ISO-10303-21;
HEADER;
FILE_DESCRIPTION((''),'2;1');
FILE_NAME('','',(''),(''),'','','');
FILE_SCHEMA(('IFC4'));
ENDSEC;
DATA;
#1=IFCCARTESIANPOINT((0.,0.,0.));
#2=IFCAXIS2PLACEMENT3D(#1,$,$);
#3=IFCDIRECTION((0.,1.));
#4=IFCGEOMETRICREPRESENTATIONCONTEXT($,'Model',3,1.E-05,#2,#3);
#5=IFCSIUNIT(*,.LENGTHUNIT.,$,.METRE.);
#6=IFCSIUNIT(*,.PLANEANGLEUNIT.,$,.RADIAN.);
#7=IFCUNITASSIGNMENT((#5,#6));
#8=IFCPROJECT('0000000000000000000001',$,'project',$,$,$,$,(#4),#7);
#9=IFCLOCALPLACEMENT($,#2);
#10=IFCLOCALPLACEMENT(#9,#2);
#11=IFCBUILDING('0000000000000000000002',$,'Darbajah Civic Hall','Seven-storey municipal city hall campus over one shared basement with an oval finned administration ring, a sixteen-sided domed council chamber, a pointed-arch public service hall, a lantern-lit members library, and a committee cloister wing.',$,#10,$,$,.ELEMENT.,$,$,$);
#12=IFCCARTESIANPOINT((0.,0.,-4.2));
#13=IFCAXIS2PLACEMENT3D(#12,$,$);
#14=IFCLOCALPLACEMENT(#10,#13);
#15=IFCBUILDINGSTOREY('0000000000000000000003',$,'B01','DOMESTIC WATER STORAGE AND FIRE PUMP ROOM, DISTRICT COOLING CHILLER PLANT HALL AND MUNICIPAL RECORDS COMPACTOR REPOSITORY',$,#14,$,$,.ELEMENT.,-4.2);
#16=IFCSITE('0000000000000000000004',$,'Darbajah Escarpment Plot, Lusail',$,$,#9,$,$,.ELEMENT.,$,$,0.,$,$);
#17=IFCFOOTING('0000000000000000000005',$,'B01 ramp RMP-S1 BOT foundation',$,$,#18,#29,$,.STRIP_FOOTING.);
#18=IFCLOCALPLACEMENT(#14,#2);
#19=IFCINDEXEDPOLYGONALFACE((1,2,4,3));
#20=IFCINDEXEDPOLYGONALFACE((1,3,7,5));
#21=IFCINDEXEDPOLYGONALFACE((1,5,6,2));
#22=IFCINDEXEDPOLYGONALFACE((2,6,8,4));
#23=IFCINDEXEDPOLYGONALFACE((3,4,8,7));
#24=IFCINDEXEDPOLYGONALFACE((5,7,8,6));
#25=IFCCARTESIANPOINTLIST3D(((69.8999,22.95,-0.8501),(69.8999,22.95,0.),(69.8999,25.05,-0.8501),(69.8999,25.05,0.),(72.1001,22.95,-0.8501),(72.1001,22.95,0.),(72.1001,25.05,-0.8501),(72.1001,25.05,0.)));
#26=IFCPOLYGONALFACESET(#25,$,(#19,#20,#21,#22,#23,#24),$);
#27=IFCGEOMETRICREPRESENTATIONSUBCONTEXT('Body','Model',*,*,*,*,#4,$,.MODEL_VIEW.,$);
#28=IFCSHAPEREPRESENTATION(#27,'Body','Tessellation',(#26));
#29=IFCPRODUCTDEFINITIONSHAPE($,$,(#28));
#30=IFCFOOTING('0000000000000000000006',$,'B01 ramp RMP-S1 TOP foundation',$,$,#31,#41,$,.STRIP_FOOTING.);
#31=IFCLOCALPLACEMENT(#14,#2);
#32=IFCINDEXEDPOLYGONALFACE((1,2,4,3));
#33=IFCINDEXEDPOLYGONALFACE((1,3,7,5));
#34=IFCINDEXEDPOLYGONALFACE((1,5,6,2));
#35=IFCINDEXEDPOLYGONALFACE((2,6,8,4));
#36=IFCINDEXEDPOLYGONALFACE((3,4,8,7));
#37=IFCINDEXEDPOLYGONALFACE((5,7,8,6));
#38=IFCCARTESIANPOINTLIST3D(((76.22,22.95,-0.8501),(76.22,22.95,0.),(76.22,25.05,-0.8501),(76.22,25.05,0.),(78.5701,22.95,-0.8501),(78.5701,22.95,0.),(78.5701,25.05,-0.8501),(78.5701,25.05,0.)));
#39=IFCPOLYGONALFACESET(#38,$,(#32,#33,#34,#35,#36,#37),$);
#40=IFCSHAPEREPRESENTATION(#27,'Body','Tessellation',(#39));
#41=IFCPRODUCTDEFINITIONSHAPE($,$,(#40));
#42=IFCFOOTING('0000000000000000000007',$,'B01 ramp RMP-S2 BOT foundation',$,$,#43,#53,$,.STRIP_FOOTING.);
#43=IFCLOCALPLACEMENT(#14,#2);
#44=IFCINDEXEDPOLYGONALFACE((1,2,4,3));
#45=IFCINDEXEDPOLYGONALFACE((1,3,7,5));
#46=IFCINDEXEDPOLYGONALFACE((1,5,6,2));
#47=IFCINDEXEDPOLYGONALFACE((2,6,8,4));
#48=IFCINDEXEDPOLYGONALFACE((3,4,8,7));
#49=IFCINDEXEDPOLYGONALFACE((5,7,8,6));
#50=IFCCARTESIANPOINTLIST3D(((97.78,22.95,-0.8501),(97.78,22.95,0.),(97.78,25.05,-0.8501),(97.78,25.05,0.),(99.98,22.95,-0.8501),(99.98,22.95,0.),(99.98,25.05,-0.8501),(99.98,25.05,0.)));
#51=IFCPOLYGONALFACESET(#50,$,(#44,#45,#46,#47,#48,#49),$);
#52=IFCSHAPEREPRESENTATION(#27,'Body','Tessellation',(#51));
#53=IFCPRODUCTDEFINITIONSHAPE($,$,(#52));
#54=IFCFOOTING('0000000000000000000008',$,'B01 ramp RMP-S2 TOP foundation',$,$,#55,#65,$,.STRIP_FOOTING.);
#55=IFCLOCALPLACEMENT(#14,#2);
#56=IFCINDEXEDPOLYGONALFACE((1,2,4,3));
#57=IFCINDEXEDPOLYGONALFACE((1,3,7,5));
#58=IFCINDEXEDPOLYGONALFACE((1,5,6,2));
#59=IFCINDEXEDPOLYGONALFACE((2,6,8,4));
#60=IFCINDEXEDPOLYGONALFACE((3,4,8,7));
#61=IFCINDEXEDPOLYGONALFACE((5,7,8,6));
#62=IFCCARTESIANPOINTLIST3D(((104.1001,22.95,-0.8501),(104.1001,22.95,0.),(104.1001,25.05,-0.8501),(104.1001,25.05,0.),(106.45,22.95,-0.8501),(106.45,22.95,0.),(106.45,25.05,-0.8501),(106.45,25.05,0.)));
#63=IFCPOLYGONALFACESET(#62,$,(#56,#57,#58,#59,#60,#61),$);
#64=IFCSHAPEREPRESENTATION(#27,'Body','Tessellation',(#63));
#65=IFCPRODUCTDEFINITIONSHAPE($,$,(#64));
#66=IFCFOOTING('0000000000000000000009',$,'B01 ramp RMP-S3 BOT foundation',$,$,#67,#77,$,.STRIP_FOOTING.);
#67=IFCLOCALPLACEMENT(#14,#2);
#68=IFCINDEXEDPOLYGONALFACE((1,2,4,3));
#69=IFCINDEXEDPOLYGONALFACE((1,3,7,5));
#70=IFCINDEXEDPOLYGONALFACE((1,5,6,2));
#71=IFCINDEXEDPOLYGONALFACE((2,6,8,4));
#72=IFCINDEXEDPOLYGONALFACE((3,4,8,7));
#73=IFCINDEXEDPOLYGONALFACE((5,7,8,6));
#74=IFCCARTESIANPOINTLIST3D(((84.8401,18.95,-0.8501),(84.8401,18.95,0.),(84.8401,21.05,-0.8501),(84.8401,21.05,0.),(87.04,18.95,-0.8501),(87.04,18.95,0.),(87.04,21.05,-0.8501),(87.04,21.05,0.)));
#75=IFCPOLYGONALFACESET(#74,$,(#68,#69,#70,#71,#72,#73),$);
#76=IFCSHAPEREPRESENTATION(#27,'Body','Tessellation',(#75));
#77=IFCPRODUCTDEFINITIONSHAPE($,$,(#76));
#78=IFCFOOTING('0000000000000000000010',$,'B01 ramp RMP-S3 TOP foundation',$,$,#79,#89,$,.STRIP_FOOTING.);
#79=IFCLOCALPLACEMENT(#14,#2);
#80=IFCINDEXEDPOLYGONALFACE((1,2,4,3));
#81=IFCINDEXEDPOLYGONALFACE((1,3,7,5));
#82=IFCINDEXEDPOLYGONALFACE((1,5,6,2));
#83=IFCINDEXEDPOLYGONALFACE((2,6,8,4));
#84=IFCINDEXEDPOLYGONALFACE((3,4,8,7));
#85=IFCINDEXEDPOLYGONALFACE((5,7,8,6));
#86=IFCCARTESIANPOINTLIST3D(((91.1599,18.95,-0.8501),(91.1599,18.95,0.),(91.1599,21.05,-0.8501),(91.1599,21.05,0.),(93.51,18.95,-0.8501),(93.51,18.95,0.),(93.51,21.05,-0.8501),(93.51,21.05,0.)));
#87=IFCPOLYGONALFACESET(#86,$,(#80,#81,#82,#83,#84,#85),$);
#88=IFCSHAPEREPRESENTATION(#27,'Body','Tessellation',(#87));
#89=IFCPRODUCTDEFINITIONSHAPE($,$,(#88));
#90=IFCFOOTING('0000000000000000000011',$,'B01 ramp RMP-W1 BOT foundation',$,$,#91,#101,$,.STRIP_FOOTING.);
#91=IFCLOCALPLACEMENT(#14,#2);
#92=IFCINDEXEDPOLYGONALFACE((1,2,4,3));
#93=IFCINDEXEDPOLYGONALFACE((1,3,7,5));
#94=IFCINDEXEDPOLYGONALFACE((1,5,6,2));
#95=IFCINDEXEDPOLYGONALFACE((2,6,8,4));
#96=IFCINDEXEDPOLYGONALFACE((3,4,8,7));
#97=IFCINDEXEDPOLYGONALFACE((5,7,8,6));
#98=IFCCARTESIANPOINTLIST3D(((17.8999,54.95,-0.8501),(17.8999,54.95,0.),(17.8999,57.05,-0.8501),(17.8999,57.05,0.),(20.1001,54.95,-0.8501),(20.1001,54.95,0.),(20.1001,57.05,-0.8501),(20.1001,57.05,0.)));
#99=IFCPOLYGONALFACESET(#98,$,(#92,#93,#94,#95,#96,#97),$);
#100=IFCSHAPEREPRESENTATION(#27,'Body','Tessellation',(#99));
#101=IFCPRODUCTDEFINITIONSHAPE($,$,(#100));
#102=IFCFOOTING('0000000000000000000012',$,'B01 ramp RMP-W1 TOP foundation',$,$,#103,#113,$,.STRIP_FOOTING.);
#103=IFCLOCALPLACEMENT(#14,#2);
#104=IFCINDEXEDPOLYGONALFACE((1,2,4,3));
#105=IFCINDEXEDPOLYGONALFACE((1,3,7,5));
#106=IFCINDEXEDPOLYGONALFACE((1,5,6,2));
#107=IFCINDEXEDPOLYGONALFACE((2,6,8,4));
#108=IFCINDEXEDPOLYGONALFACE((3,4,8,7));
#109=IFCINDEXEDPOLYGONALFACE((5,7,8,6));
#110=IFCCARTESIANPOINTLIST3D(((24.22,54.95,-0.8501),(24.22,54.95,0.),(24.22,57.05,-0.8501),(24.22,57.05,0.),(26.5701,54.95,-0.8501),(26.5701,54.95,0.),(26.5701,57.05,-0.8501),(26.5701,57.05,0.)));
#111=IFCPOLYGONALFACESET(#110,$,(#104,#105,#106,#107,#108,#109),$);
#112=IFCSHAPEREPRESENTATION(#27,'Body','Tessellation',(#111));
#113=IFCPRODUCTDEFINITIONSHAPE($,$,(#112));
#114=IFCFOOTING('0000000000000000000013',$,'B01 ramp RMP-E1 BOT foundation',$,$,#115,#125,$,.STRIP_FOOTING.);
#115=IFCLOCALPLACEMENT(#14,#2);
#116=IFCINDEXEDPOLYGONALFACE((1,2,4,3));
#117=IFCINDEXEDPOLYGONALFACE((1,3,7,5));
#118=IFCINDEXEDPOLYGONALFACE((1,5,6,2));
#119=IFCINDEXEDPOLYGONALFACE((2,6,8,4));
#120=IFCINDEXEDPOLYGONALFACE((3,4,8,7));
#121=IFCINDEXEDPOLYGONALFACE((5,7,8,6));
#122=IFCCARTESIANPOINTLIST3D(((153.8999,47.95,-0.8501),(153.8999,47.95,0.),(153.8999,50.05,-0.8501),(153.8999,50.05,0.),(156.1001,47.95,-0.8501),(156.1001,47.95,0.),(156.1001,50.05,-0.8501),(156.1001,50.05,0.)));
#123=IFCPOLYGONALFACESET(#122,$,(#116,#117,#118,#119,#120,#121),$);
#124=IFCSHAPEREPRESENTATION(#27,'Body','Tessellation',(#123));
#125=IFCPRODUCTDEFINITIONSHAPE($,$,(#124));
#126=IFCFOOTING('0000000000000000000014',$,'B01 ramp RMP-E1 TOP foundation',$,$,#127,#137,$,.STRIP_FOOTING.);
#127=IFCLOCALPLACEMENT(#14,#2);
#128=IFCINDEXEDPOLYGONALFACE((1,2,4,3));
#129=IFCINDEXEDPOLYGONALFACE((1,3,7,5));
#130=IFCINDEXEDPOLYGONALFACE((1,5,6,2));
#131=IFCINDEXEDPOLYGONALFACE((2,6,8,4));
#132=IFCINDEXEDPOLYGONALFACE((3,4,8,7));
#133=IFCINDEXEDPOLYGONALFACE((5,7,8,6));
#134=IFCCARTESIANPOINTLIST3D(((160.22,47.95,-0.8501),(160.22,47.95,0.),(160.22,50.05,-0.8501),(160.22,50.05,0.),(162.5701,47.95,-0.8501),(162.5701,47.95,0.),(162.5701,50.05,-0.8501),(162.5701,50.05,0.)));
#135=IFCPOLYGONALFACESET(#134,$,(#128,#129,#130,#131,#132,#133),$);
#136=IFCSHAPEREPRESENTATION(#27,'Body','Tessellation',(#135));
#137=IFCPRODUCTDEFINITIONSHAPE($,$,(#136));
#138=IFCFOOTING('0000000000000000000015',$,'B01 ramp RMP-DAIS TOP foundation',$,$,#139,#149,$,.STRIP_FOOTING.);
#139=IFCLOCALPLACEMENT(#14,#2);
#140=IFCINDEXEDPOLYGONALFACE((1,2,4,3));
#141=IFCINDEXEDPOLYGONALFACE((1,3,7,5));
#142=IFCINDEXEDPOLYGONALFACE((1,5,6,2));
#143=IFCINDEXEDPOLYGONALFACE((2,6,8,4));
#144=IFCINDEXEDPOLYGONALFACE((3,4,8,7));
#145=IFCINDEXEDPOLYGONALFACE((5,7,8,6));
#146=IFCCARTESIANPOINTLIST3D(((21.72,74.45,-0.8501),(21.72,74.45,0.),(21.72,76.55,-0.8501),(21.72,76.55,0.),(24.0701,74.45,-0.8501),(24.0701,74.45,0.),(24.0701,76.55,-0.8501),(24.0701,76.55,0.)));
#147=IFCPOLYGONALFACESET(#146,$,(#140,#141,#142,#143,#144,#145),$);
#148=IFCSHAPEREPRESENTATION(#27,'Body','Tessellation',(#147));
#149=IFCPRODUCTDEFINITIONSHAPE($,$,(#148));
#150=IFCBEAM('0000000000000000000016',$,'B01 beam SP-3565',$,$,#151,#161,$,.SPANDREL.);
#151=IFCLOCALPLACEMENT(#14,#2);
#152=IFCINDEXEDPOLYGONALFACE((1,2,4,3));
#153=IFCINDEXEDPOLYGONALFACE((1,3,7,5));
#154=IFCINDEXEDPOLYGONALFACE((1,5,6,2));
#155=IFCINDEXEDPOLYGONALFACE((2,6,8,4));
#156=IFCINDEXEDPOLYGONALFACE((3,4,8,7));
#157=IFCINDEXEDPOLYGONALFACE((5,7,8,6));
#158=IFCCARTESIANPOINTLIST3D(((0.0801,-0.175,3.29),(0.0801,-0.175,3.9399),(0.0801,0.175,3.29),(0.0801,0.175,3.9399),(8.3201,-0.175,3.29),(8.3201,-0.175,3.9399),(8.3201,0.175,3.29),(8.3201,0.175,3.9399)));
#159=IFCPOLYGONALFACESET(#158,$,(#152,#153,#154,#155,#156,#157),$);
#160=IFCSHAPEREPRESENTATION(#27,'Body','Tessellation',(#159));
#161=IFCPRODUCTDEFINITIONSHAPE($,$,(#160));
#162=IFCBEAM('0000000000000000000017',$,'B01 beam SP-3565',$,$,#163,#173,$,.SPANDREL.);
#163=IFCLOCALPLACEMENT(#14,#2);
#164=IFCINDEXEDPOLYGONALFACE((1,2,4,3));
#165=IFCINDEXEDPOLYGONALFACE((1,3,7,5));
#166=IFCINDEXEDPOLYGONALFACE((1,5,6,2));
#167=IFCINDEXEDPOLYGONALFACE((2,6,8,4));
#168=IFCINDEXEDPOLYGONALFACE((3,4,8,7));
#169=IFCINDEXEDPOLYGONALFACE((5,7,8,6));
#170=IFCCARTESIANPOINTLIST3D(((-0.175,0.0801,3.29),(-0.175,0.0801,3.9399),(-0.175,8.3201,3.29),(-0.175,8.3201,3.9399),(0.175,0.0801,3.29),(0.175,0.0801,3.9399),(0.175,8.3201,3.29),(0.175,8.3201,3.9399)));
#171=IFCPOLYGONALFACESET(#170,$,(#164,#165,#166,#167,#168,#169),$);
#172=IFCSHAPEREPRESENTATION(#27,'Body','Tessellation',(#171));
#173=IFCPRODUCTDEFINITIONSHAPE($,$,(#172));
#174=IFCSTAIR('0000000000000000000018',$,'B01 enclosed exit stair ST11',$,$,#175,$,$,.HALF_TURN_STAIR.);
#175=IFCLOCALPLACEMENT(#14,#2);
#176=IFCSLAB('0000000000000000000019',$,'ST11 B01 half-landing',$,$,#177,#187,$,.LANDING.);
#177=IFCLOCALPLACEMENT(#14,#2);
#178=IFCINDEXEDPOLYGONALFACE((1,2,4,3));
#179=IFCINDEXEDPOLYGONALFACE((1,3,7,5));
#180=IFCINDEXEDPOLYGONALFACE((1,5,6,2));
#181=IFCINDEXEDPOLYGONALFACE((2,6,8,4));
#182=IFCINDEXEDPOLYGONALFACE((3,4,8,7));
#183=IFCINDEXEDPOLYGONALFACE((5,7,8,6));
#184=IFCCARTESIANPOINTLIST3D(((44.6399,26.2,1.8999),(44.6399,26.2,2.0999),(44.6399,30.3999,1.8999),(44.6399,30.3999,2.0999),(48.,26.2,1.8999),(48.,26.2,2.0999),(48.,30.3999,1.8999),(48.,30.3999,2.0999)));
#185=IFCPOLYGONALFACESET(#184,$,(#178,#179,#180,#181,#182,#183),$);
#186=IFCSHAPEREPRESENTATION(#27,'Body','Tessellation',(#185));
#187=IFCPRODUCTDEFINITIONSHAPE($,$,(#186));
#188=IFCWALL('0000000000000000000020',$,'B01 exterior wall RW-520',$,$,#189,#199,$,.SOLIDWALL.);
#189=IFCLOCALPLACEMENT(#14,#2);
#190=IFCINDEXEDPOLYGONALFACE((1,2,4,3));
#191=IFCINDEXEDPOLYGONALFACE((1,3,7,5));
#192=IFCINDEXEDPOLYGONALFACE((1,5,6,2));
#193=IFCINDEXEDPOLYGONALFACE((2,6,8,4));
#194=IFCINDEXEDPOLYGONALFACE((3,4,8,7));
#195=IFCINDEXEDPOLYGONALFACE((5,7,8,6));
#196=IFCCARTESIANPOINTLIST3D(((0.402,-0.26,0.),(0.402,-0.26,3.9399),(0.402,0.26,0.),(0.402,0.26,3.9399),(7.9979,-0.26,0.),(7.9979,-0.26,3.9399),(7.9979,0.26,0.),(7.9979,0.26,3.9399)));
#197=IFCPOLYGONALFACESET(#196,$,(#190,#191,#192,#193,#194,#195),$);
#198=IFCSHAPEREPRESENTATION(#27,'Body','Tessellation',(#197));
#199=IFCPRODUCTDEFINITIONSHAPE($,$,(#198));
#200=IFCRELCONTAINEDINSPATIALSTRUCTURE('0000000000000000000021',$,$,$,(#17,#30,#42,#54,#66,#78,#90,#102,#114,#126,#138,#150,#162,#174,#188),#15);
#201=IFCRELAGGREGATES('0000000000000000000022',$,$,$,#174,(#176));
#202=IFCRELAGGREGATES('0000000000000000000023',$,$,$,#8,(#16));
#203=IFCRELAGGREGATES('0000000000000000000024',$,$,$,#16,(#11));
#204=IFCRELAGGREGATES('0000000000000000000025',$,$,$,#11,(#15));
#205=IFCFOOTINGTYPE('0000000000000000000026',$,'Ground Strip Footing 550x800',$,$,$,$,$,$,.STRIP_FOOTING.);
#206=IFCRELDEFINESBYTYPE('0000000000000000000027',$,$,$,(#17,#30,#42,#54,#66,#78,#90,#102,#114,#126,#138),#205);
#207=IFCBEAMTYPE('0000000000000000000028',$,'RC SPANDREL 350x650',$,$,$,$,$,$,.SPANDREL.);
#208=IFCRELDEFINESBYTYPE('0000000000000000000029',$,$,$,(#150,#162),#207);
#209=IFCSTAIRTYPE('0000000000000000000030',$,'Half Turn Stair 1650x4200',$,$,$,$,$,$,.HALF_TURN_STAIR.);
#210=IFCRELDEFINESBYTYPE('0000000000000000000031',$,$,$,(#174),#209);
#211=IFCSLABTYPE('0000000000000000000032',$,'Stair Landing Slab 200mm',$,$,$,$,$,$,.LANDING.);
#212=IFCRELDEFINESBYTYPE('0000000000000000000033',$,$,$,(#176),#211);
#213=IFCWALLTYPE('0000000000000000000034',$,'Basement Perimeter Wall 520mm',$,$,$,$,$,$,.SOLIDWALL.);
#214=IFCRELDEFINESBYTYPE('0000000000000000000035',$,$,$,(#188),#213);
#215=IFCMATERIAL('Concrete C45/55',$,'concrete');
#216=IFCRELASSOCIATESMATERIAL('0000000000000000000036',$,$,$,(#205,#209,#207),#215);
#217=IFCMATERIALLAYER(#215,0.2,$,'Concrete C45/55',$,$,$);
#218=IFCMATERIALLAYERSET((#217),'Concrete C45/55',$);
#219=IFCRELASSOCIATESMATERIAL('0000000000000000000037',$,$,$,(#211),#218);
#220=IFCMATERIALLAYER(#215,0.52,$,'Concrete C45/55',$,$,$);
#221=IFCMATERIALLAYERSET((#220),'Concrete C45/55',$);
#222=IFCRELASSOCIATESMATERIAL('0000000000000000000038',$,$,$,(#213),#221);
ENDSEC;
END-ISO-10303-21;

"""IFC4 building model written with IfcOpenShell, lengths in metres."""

from ifc_helpers import new_model, si_unit, direction, frame, frame_2d, origin, origin_2d, place, context, subcontext, project, spatial, polyline, rectangle, outline, extrude, material, layer, layer_set, material_profile, profile_set, type_object, element, aggregate, save


model = new_model("IFC4")

# Units and contexts
model_context = context("Model", 3, precision=1e-05, world=origin(), true_north=direction((0.0, 1.0)))
body_context = subcontext(model_context, "Body", "Model", "MODEL_VIEW")
ifc_project = project(units=[si_unit("LENGTHUNIT", "METRE"), si_unit("PLANEANGLEUNIT", "RADIAN")], contexts=[model_context])

# Site, building, storey
site_placement = place(None, origin())
site = spatial("IfcSite", under=ifc_project, at=site_placement, Name="Darbajah Escarpment Plot, Lusail", CompositionType="ELEMENT", RefElevation=0.0)
building_placement = place(site_placement, origin())
building = spatial("IfcBuilding", under=site, at=building_placement, Name="Darbajah Civic Hall", Description="Seven-storey municipal city hall campus over one shared basement with an oval finned administration ring, a sixteen-sided domed council chamber, a pointed-arch public service hall, a lantern-lit members library, and a committee cloister wing.", CompositionType="ELEMENT")
storey_placement = place(building_placement, frame((0.0, 0.0, -4.2)))
storey = spatial("IfcBuildingStorey", under=building, at=storey_placement, Name="B01", Description="DOMESTIC WATER STORAGE AND FIRE PUMP ROOM, DISTRICT COOLING CHILLER PLANT HALL AND MUNICIPAL RECORDS COMPACTOR REPOSITORY", CompositionType="ELEMENT", Elevation=-4.2)

# Footings
ifc_material_1 = material(Name="Concrete C45/55", Category="concrete")
footing_type = type_object("IfcFootingType", Name="Ground Strip Footing 550x800", PredefinedType="STRIP_FOOTING", material=ifc_material_1)
footing_1_placement = place(storey_placement, frame((0.0, 0.0, -0.8501)))
element("IfcFooting", 1, at=footing_1_placement, inside=storey, type_object=footing_type, Name="B01 ramp RMP-S1 BOT foundation", PredefinedType="STRIP_FOOTING", context=body_context, shape_type="SweptSolid", body=[
    extrude(outline(polyline([(69.8999, 22.95), (72.1001, 22.95), (72.1001, 25.05), (69.8999, 25.05), (69.8999, 22.95)])), origin(), (0.0, 0.0, 1.0), 0.8501),
])
footing_2_placement = place(storey_placement, frame((0.0, 0.0, -0.8501)))
element("IfcFooting", 2, at=footing_2_placement, inside=storey, type_object=footing_type, Name="B01 ramp RMP-S1 TOP foundation", PredefinedType="STRIP_FOOTING", context=body_context, shape_type="SweptSolid", body=[
    extrude(outline(polyline([(76.22, 22.95), (78.5701, 22.95), (78.5701, 25.05), (76.22, 25.05), (76.22, 22.95)])), origin(), (0.0, 0.0, 1.0), 0.8501),
])
footing_3_placement = place(storey_placement, frame((0.0, 0.0, -0.8501)))
element("IfcFooting", 3, at=footing_3_placement, inside=storey, type_object=footing_type, Name="B01 ramp RMP-S2 BOT foundation", PredefinedType="STRIP_FOOTING", context=body_context, shape_type="SweptSolid", body=[
    extrude(outline(polyline([(97.78, 22.95), (99.98, 22.95), (99.98, 25.05), (97.78, 25.05), (97.78, 22.95)])), origin(), (0.0, 0.0, 1.0), 0.8501),
])
footing_4_placement = place(storey_placement, frame((0.0, 0.0, -0.8501)))
element("IfcFooting", 4, at=footing_4_placement, inside=storey, type_object=footing_type, Name="B01 ramp RMP-S2 TOP foundation", PredefinedType="STRIP_FOOTING", context=body_context, shape_type="SweptSolid", body=[
    extrude(outline(polyline([(104.1001, 22.95), (106.45, 22.95), (106.45, 25.05), (104.1001, 25.05), (104.1001, 22.95)])), origin(), (0.0, 0.0, 1.0), 0.8501),
])
footing_5_placement = place(storey_placement, frame((0.0, 0.0, -0.8501)))
element("IfcFooting", 5, at=footing_5_placement, inside=storey, type_object=footing_type, Name="B01 ramp RMP-S3 BOT foundation", PredefinedType="STRIP_FOOTING", context=body_context, shape_type="SweptSolid", body=[
    extrude(outline(polyline([(84.8401, 18.95), (87.04, 18.95), (87.04, 21.05), (84.8401, 21.05), (84.8401, 18.95)])), origin(), (0.0, 0.0, 1.0), 0.8501),
])
footing_6_placement = place(storey_placement, frame((0.0, 0.0, -0.8501)))
element("IfcFooting", 6, at=footing_6_placement, inside=storey, type_object=footing_type, Name="B01 ramp RMP-S3 TOP foundation", PredefinedType="STRIP_FOOTING", context=body_context, shape_type="SweptSolid", body=[
    extrude(outline(polyline([(91.1599, 18.95), (93.51, 18.95), (93.51, 21.05), (91.1599, 21.05), (91.1599, 18.95)])), origin(), (0.0, 0.0, 1.0), 0.8501),
])
footing_7_placement = place(storey_placement, frame((0.0, 0.0, -0.8501)))
element("IfcFooting", 7, at=footing_7_placement, inside=storey, type_object=footing_type, Name="B01 ramp RMP-W1 BOT foundation", PredefinedType="STRIP_FOOTING", context=body_context, shape_type="SweptSolid", body=[
    extrude(outline(polyline([(17.8999, 54.95), (20.1001, 54.95), (20.1001, 57.05), (17.8999, 57.05), (17.8999, 54.95)])), origin(), (0.0, 0.0, 1.0), 0.8501),
])
footing_8_placement = place(storey_placement, frame((0.0, 0.0, -0.8501)))
element("IfcFooting", 8, at=footing_8_placement, inside=storey, type_object=footing_type, Name="B01 ramp RMP-W1 TOP foundation", PredefinedType="STRIP_FOOTING", context=body_context, shape_type="SweptSolid", body=[
    extrude(outline(polyline([(24.22, 54.95), (26.5701, 54.95), (26.5701, 57.05), (24.22, 57.05), (24.22, 54.95)])), origin(), (0.0, 0.0, 1.0), 0.8501),
])
footing_9_placement = place(storey_placement, frame((0.0, 0.0, -0.8501)))
element("IfcFooting", 9, at=footing_9_placement, inside=storey, type_object=footing_type, Name="B01 ramp RMP-E1 BOT foundation", PredefinedType="STRIP_FOOTING", context=body_context, shape_type="SweptSolid", body=[
    extrude(outline(polyline([(153.8999, 47.95), (156.1001, 47.95), (156.1001, 50.05), (153.8999, 50.05), (153.8999, 47.95)])), origin(), (0.0, 0.0, 1.0), 0.8501),
])
footing_10_placement = place(storey_placement, frame((0.0, 0.0, -0.8501)))
element("IfcFooting", 10, at=footing_10_placement, inside=storey, type_object=footing_type, Name="B01 ramp RMP-E1 TOP foundation", PredefinedType="STRIP_FOOTING", context=body_context, shape_type="SweptSolid", body=[
    extrude(outline(polyline([(160.22, 47.95), (162.5701, 47.95), (162.5701, 50.05), (160.22, 50.05), (160.22, 47.95)])), origin(), (0.0, 0.0, 1.0), 0.8501),
])
footing_11_placement = place(storey_placement, frame((0.0, 0.0, -0.8501)))
element("IfcFooting", 11, at=footing_11_placement, inside=storey, type_object=footing_type, Name="B01 ramp RMP-DAIS TOP foundation", PredefinedType="STRIP_FOOTING", context=body_context, shape_type="SweptSolid", body=[
    extrude(outline(polyline([(21.72, 74.45), (24.0701, 74.45), (24.0701, 76.55), (21.72, 76.55), (21.72, 74.45)])), origin(), (0.0, 0.0, 1.0), 0.8501),
])

# Beams
ifc_material_profile = material_profile(ifc_material_1, rectangle(XDim=0.3501, YDim=0.6499, at=origin_2d()), Name="RC SPANDREL 350x650")
ifc_profile_set = profile_set([ifc_material_profile], Name="Concrete C45/55")
beam_type = type_object("IfcBeamType", Name="RC SPANDREL 350x650", PredefinedType="SPANDREL", material=ifc_profile_set)
for number, where, z_axis, x_axis, name in (
    (12, (0.0801, 0.0, 3.615), (1.0, 0.0, 0.0), (0.0, 1.0, 0.0), "B01 beam SP-3565"),
    (13, (0.0, 0.0801, 3.615), (0.0, 1.0, 0.0), (-1.0, 0.0, 0.0), "B01 beam SP-3565"),
):
    element("IfcBeam", number, at=place(storey_placement, frame(where, z_axis=z_axis, x_axis=x_axis)), inside=storey, type_object=beam_type, Name=name, PredefinedType="SPANDREL", context=body_context, shape_type="SweptSolid", body=[
        extrude(rectangle(XDim=0.3501, YDim=0.6499, at=origin_2d()), origin(), (0.0, 0.0, 1.0), 8.24),
    ])

# Stair, slab
stair_type = type_object("IfcStairType", Name="Half Turn Stair 1650x4200", PredefinedType="HALF_TURN_STAIR", material=ifc_material_1)
stair_placement = place(storey_placement, origin())
stair = element("IfcStair", 14, at=stair_placement, inside=storey, type_object=stair_type, Name="B01 enclosed exit stair ST11", PredefinedType="HALF_TURN_STAIR")
ifc_layer_1 = layer(ifc_material_1, 0.2, Name="Concrete C45/55")
ifc_layer_set_1 = layer_set([ifc_layer_1], Name="Concrete C45/55")
slab_type = type_object("IfcSlabType", Name="Stair Landing Slab 200mm", PredefinedType="LANDING", material=ifc_layer_set_1)
slab_placement = place(storey_placement, frame((0.0, 0.0, 1.8999)))
slab = element("IfcSlab", 15, at=slab_placement, type_object=slab_type, Name="ST11 B01 half-landing", PredefinedType="LANDING", context=body_context, shape_type="SweptSolid", body=[
    extrude(outline(polyline([(44.6399, 26.2), (48.0, 26.2), (48.0, 30.3999), (44.6399, 30.3999), (44.6399, 26.2)])), origin(), (0.0, 0.0, 1.0), 0.2),
])
aggregate(stair, [slab])

# Wall
ifc_layer_2 = layer(ifc_material_1, 0.52, Name="Concrete C45/55")
ifc_layer_set_2 = layer_set([ifc_layer_2], Name="Concrete C45/55")
wall_type = type_object("IfcWallType", Name="Basement Perimeter Wall 520mm", PredefinedType="SOLIDWALL", material=ifc_layer_set_2)
wall_placement = place(storey_placement, frame((0.4021, 0.0, 0.0), z_axis=(0.0, 0.0, 1.0), x_axis=(1.0, 0.0, 0.0)))
element("IfcWall", 16, at=wall_placement, inside=storey, type_object=wall_type, Name="B01 exterior wall RW-520", PredefinedType="SOLIDWALL", context=body_context, shape_type="SweptSolid", body=[
    extrude(rectangle(XDim=7.5959, YDim=0.52, at=frame_2d((3.7979, 0.0))), origin(), (0.0, 0.0, 1.0), 3.9399),
])

save(model, "model.ifc")
